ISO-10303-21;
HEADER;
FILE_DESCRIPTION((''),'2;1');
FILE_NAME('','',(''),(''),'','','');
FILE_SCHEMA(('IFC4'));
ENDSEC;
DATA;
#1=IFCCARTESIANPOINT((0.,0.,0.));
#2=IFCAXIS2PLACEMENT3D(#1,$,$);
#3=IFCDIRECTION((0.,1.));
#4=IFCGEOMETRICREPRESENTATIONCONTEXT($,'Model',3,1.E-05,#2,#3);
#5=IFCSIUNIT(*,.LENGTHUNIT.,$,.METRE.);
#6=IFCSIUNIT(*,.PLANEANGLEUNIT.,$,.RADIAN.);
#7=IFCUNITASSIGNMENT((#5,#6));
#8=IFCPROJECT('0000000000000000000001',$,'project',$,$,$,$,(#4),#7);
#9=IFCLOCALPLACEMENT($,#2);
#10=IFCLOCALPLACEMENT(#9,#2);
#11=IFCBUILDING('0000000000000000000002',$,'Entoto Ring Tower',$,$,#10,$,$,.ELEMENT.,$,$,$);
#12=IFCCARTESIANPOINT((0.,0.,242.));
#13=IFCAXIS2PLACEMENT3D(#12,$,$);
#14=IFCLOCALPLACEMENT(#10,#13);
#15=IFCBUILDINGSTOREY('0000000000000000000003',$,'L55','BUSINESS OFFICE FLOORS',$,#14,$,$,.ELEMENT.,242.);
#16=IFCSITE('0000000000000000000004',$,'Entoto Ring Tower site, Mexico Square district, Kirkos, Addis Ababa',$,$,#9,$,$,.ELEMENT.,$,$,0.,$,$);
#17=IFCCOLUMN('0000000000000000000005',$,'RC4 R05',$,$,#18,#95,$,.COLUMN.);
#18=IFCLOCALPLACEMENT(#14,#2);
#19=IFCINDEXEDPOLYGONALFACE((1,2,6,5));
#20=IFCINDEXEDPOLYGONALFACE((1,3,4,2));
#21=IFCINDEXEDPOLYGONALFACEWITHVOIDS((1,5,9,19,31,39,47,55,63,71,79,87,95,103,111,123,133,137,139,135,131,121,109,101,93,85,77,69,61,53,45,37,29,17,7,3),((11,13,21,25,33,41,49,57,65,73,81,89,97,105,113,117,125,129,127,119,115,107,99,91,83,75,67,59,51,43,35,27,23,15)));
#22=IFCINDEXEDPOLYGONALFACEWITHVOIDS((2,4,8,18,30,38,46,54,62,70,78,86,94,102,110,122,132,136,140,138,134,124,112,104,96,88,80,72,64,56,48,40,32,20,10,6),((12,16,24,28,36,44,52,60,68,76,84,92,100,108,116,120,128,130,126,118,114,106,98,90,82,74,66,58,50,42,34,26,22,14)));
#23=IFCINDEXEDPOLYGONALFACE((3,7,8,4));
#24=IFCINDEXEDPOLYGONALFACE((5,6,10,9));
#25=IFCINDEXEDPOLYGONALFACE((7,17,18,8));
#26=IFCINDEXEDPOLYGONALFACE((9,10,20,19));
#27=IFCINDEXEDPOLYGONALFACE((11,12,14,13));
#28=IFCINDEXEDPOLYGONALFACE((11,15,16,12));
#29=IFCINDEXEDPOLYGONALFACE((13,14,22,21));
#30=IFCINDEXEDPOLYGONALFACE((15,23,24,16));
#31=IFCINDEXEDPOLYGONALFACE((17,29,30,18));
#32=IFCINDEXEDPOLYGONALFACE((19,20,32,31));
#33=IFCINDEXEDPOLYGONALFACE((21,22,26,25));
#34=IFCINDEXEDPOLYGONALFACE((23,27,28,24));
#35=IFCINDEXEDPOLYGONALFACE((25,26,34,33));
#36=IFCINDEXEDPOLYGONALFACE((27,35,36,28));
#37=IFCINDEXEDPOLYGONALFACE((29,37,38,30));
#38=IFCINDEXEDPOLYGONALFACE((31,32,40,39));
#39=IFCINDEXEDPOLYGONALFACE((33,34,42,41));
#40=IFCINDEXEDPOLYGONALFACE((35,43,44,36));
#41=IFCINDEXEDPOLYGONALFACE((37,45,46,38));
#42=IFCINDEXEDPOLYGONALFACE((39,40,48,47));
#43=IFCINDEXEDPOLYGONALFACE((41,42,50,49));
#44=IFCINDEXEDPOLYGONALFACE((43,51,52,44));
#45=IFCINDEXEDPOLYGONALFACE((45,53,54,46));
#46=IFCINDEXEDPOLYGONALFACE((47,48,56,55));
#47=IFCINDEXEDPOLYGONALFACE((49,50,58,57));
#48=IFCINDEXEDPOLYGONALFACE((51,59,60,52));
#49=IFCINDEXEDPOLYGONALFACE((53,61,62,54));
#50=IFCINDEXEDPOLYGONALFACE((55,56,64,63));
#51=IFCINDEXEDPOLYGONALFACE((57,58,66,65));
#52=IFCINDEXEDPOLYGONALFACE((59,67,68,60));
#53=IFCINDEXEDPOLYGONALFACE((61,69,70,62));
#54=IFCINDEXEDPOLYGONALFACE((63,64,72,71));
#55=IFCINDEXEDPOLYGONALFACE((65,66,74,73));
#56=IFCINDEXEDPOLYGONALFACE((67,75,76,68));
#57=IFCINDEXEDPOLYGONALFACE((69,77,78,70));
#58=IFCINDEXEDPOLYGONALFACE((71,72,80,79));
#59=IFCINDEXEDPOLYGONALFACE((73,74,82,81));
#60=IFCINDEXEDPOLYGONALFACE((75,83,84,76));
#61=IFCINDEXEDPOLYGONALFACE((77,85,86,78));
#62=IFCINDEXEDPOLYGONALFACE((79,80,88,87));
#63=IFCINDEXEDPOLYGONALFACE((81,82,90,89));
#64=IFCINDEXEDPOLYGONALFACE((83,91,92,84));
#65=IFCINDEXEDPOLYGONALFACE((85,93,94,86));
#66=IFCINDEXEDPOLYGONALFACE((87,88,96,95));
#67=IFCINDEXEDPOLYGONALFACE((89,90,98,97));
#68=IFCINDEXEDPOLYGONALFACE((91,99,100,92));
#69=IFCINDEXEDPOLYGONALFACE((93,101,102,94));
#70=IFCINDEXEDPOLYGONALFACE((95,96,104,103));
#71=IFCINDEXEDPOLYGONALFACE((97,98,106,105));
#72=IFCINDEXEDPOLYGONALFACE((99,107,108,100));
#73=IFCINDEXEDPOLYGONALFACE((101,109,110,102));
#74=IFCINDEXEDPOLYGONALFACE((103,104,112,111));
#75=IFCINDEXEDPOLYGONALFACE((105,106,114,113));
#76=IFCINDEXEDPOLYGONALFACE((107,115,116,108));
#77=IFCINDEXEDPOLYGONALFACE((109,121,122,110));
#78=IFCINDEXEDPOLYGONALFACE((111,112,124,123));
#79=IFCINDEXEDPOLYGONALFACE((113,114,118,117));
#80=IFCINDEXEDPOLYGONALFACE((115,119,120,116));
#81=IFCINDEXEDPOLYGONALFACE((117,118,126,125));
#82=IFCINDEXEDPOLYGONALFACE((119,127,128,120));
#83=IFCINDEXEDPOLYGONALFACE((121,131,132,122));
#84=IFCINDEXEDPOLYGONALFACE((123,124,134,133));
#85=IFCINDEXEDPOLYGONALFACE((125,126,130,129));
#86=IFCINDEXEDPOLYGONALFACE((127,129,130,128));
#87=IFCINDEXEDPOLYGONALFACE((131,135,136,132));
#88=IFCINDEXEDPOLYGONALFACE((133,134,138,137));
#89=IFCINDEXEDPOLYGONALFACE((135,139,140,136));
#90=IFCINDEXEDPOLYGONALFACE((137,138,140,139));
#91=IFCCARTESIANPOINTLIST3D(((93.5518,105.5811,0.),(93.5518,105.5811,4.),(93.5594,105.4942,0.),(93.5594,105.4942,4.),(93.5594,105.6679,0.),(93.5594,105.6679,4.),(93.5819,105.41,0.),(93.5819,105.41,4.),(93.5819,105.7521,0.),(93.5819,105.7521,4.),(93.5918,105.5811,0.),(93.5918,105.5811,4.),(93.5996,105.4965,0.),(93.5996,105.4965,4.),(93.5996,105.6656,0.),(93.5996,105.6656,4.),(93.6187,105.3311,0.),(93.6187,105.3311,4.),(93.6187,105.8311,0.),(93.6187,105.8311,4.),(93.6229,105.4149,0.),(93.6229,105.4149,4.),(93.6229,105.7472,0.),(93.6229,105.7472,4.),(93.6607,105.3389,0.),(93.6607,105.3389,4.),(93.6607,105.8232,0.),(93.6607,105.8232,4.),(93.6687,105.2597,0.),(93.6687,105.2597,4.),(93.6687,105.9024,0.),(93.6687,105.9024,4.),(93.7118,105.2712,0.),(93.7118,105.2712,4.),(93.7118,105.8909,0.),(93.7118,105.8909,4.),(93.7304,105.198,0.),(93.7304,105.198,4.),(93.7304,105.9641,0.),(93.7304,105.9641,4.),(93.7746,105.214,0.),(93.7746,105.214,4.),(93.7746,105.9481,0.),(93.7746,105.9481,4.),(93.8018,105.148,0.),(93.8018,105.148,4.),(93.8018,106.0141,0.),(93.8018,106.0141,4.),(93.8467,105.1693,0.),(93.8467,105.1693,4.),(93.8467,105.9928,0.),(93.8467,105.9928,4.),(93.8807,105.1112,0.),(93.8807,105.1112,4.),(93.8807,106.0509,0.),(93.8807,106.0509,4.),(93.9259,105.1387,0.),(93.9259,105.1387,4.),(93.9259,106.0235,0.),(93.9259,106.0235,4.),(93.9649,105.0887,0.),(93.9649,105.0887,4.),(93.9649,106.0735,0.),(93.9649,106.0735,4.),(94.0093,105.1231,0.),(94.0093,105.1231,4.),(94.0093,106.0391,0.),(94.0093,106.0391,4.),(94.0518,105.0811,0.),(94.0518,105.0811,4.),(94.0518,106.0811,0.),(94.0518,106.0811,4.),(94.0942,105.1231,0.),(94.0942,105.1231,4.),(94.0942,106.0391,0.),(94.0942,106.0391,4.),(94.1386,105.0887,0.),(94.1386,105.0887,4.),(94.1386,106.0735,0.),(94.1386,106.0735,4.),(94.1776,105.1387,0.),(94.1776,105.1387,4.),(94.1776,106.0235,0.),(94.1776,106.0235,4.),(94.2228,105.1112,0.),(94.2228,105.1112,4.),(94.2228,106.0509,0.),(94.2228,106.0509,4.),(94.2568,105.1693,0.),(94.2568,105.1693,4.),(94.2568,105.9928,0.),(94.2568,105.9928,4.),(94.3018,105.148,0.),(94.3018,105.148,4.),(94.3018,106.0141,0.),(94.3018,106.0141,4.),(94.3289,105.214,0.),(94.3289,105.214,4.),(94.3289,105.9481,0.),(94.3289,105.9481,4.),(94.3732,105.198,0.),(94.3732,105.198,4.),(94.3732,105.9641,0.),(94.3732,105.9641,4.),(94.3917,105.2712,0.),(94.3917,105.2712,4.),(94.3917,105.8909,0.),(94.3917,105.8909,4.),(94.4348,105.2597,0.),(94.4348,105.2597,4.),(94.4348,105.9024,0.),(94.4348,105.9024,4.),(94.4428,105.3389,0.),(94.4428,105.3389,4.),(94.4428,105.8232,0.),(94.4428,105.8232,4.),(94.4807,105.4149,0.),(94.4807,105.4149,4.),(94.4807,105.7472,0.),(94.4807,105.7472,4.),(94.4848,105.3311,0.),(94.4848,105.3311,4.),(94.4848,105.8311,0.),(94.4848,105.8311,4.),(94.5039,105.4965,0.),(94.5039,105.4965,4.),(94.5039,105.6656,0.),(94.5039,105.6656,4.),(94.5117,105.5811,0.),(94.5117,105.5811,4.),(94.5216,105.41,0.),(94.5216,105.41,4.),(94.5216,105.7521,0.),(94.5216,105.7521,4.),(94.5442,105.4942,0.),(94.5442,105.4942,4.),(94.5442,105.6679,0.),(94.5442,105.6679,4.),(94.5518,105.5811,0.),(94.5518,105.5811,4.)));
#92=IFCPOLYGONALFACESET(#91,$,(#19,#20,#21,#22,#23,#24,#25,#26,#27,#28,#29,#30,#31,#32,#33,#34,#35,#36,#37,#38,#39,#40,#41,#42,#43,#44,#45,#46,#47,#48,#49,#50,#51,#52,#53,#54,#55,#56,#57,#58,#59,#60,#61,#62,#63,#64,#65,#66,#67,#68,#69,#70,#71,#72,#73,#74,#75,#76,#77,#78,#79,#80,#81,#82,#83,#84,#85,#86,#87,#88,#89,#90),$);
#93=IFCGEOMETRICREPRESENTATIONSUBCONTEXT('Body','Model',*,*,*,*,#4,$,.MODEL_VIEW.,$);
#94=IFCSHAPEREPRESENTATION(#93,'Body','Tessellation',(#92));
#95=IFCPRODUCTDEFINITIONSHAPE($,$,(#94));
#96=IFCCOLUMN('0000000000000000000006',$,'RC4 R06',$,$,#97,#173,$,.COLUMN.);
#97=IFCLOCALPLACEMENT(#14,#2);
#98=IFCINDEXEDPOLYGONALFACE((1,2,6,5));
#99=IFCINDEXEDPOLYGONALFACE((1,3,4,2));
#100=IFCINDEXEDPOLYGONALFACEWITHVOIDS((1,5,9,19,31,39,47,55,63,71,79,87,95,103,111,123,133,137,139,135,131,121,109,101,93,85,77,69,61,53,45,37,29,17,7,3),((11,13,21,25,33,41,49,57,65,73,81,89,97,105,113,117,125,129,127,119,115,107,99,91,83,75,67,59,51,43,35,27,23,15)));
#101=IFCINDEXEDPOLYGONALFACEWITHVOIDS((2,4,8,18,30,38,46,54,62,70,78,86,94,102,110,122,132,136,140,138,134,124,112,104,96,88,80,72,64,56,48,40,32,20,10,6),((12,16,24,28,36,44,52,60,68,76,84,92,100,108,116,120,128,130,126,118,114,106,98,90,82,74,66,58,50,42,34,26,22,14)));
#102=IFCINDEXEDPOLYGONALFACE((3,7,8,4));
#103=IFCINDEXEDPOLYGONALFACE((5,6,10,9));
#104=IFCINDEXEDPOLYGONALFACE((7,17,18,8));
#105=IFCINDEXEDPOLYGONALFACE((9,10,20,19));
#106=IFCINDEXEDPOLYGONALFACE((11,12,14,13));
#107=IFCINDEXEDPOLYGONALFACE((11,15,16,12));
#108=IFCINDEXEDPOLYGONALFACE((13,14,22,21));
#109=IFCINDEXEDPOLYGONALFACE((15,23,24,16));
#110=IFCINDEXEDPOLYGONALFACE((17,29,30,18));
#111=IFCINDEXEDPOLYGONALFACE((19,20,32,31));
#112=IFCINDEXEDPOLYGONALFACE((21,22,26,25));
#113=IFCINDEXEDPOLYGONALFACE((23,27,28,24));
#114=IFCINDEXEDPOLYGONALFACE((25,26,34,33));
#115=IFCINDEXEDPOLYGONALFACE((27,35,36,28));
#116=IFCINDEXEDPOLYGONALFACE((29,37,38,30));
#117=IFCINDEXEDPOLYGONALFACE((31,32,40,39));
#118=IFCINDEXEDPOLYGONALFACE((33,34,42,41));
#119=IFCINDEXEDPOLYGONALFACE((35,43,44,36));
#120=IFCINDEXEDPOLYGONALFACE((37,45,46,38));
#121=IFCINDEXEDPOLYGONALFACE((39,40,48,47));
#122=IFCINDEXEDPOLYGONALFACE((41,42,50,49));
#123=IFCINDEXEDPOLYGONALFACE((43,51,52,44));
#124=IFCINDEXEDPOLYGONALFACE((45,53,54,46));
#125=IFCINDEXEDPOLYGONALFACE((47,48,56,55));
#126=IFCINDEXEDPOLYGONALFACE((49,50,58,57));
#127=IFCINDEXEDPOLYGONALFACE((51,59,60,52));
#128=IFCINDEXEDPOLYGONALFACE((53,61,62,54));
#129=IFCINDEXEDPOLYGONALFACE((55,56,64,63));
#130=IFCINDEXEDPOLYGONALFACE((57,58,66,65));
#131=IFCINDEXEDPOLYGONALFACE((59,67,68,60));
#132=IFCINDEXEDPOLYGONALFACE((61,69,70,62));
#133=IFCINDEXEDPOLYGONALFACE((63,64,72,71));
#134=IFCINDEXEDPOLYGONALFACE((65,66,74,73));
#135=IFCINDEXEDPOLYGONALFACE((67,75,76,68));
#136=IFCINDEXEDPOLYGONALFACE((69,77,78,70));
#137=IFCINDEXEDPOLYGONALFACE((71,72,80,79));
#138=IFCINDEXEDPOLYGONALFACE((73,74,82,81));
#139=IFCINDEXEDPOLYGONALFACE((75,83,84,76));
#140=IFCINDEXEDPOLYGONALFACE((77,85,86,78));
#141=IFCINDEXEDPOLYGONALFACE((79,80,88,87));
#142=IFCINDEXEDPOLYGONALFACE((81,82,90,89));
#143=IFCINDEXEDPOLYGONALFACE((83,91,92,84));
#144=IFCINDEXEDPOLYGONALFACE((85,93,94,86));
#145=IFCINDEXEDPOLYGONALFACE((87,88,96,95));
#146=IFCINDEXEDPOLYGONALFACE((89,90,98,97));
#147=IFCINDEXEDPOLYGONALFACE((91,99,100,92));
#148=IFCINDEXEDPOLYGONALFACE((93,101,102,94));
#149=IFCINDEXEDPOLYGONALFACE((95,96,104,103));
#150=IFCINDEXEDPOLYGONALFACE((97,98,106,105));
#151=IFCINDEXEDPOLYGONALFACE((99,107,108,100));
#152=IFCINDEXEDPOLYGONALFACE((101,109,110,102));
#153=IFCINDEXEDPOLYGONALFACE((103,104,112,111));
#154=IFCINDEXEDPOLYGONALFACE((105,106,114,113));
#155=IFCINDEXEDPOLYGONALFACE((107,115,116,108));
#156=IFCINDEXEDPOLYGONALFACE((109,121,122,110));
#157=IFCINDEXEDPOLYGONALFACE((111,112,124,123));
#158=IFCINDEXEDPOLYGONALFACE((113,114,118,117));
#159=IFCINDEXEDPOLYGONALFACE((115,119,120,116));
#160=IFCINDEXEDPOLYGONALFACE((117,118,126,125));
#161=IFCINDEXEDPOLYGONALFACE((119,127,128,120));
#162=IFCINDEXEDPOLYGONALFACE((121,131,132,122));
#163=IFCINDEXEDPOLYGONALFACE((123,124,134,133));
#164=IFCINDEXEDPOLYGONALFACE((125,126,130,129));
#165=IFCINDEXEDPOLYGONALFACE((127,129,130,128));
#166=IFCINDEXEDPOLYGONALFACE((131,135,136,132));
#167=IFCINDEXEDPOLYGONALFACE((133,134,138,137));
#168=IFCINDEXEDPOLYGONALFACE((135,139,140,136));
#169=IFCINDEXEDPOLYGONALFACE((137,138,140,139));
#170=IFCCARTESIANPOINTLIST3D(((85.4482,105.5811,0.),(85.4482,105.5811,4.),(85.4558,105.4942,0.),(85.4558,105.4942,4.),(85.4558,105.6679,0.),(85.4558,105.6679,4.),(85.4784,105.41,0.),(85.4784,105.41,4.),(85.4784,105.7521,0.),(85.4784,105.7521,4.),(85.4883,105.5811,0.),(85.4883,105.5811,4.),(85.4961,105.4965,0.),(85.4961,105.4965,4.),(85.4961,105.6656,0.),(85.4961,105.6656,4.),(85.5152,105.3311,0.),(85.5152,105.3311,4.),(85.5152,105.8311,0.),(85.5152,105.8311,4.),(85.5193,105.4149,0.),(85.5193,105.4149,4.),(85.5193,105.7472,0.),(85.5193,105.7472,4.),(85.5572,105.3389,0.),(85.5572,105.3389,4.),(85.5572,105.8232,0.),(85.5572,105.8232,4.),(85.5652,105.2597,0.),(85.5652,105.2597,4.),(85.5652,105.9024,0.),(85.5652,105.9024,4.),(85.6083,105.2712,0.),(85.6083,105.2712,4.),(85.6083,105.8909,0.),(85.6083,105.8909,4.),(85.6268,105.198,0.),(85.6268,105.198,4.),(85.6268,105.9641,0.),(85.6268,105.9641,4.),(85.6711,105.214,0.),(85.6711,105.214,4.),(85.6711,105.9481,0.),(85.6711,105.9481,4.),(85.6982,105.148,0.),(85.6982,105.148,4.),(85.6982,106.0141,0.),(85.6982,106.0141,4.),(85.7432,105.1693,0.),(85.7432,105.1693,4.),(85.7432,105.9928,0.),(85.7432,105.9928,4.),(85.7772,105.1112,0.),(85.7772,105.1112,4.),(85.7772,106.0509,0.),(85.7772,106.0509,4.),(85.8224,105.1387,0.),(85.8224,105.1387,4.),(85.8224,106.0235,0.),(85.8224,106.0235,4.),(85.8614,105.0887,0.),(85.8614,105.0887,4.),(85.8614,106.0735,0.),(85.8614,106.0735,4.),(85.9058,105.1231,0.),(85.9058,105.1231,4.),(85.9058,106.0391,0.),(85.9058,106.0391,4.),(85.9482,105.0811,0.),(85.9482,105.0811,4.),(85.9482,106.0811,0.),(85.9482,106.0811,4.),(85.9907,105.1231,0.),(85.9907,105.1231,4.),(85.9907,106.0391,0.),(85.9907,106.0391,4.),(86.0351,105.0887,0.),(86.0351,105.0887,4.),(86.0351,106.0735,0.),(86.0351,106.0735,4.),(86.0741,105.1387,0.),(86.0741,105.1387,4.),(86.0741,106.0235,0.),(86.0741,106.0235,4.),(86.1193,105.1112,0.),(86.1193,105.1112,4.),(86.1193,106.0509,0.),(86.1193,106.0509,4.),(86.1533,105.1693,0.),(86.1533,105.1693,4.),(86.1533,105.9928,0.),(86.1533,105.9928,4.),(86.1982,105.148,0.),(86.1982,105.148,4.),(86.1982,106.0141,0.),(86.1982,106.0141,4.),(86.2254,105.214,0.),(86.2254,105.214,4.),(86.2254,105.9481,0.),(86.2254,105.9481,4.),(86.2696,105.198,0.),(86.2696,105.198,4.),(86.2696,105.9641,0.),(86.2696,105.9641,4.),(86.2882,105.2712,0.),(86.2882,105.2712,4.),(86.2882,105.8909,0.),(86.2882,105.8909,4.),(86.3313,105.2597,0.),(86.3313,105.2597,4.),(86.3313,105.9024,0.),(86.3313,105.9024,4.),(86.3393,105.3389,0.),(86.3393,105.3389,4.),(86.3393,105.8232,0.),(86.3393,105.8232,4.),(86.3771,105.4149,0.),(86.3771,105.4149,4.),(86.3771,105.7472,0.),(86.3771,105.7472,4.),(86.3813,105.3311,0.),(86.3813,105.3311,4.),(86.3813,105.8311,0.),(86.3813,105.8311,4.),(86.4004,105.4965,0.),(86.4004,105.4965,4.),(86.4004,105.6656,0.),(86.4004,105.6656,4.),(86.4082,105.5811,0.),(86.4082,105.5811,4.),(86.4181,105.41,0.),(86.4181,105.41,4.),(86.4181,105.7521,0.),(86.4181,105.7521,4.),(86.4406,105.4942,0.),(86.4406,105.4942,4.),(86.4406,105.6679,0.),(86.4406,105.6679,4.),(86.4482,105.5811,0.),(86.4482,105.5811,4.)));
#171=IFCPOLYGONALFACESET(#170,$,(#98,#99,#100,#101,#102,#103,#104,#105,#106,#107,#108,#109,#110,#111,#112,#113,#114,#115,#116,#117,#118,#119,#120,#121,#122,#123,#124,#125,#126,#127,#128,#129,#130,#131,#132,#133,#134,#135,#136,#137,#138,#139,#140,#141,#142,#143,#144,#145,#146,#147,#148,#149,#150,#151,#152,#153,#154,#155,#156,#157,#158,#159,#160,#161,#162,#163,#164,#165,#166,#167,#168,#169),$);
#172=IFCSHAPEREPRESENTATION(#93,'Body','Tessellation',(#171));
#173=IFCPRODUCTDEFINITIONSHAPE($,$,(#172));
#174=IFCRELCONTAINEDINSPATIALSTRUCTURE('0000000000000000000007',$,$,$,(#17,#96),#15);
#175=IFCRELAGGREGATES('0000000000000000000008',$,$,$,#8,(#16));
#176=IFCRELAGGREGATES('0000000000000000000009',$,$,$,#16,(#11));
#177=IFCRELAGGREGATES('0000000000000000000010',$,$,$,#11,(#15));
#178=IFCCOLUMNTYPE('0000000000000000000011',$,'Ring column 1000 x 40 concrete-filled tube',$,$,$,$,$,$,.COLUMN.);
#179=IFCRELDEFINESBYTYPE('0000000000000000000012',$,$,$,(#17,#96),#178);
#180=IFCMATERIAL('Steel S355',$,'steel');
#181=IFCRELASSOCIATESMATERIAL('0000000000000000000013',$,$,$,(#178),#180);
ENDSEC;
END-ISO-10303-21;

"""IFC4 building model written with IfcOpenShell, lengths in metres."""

from ifc_helpers import new_model, si_unit, direction, frame, origin, origin_2d, place, context, subcontext, project, spatial, circle, hollow_circle, extrude, material, material_profile, profile_set, type_object, element, save


model = new_model("IFC4")

# Units and contexts
model_context = context("Model", 3, precision=1e-05, world=origin(), true_north=direction((0.0, 1.0)))
body_context = subcontext(model_context, "Body", "Model", "MODEL_VIEW")
ifc_project = project(units=[si_unit("LENGTHUNIT", "METRE"), si_unit("PLANEANGLEUNIT", "RADIAN")], contexts=[model_context])

# Site, building, storey
site_placement = place(None, origin())
site = spatial("IfcSite", under=ifc_project, at=site_placement, Name="Entoto Ring Tower site, Mexico Square district, Kirkos, Addis Ababa", CompositionType="ELEMENT", RefElevation=0.0)
building_placement = place(site_placement, origin())
building = spatial("IfcBuilding", under=site, at=building_placement, Name="Entoto Ring Tower", CompositionType="ELEMENT")
storey_placement = place(building_placement, frame((0.0, 0.0, 242.0)))
storey = spatial("IfcBuildingStorey", under=building, at=storey_placement, Name="L55", Description="BUSINESS OFFICE FLOORS", CompositionType="ELEMENT", Elevation=242.0)

# Columns
ifc_material_1 = material(Name="Steel S355", Category="steel")
ifc_material_profile_1 = material_profile(ifc_material_1, hollow_circle(Radius=0.5, WallThickness=0.04, at=origin_2d()), Name="CHS 1000 x 40")
ifc_material_2 = material(Name="Concrete C60/75", Category="concrete")
ifc_material_profile_2 = material_profile(ifc_material_2, circle(Radius=0.46, at=origin_2d()), Name="Concrete C60/75 infill")
ifc_profile_set_1 = profile_set([ifc_material_profile_1, ifc_material_profile_2], Name="Steel S355")
column_type = type_object("IfcColumnType", Name="Ring column 1000 x 40 concrete-filled tube", PredefinedType="COLUMN", material=ifc_profile_set_1)
for number, where, z_axis, x_axis, name in (
    (1, (94.0518, 105.5811, 0.0), (0.0, 0.0, 1.0), (1.0, 0.0, 0.0), "RC4 R05"),
    (2, (85.9482, 105.5811, 0.0), (0.0, 0.0, 1.0), (1.0, 0.0, 0.0), "RC4 R06"),
):
    element("IfcColumn", number, at=place(storey_placement, frame(where, z_axis=z_axis, x_axis=x_axis)), inside=storey, type_object=column_type, Name=name, PredefinedType="COLUMN", context=body_context, shape_type="SweptSolid", body=[
        extrude(hollow_circle(Radius=0.5, WallThickness=0.04, at=origin_2d()), origin(), (0.0, 0.0, 1.0), 4.0),
    ])

save(model, "model.ifc")
